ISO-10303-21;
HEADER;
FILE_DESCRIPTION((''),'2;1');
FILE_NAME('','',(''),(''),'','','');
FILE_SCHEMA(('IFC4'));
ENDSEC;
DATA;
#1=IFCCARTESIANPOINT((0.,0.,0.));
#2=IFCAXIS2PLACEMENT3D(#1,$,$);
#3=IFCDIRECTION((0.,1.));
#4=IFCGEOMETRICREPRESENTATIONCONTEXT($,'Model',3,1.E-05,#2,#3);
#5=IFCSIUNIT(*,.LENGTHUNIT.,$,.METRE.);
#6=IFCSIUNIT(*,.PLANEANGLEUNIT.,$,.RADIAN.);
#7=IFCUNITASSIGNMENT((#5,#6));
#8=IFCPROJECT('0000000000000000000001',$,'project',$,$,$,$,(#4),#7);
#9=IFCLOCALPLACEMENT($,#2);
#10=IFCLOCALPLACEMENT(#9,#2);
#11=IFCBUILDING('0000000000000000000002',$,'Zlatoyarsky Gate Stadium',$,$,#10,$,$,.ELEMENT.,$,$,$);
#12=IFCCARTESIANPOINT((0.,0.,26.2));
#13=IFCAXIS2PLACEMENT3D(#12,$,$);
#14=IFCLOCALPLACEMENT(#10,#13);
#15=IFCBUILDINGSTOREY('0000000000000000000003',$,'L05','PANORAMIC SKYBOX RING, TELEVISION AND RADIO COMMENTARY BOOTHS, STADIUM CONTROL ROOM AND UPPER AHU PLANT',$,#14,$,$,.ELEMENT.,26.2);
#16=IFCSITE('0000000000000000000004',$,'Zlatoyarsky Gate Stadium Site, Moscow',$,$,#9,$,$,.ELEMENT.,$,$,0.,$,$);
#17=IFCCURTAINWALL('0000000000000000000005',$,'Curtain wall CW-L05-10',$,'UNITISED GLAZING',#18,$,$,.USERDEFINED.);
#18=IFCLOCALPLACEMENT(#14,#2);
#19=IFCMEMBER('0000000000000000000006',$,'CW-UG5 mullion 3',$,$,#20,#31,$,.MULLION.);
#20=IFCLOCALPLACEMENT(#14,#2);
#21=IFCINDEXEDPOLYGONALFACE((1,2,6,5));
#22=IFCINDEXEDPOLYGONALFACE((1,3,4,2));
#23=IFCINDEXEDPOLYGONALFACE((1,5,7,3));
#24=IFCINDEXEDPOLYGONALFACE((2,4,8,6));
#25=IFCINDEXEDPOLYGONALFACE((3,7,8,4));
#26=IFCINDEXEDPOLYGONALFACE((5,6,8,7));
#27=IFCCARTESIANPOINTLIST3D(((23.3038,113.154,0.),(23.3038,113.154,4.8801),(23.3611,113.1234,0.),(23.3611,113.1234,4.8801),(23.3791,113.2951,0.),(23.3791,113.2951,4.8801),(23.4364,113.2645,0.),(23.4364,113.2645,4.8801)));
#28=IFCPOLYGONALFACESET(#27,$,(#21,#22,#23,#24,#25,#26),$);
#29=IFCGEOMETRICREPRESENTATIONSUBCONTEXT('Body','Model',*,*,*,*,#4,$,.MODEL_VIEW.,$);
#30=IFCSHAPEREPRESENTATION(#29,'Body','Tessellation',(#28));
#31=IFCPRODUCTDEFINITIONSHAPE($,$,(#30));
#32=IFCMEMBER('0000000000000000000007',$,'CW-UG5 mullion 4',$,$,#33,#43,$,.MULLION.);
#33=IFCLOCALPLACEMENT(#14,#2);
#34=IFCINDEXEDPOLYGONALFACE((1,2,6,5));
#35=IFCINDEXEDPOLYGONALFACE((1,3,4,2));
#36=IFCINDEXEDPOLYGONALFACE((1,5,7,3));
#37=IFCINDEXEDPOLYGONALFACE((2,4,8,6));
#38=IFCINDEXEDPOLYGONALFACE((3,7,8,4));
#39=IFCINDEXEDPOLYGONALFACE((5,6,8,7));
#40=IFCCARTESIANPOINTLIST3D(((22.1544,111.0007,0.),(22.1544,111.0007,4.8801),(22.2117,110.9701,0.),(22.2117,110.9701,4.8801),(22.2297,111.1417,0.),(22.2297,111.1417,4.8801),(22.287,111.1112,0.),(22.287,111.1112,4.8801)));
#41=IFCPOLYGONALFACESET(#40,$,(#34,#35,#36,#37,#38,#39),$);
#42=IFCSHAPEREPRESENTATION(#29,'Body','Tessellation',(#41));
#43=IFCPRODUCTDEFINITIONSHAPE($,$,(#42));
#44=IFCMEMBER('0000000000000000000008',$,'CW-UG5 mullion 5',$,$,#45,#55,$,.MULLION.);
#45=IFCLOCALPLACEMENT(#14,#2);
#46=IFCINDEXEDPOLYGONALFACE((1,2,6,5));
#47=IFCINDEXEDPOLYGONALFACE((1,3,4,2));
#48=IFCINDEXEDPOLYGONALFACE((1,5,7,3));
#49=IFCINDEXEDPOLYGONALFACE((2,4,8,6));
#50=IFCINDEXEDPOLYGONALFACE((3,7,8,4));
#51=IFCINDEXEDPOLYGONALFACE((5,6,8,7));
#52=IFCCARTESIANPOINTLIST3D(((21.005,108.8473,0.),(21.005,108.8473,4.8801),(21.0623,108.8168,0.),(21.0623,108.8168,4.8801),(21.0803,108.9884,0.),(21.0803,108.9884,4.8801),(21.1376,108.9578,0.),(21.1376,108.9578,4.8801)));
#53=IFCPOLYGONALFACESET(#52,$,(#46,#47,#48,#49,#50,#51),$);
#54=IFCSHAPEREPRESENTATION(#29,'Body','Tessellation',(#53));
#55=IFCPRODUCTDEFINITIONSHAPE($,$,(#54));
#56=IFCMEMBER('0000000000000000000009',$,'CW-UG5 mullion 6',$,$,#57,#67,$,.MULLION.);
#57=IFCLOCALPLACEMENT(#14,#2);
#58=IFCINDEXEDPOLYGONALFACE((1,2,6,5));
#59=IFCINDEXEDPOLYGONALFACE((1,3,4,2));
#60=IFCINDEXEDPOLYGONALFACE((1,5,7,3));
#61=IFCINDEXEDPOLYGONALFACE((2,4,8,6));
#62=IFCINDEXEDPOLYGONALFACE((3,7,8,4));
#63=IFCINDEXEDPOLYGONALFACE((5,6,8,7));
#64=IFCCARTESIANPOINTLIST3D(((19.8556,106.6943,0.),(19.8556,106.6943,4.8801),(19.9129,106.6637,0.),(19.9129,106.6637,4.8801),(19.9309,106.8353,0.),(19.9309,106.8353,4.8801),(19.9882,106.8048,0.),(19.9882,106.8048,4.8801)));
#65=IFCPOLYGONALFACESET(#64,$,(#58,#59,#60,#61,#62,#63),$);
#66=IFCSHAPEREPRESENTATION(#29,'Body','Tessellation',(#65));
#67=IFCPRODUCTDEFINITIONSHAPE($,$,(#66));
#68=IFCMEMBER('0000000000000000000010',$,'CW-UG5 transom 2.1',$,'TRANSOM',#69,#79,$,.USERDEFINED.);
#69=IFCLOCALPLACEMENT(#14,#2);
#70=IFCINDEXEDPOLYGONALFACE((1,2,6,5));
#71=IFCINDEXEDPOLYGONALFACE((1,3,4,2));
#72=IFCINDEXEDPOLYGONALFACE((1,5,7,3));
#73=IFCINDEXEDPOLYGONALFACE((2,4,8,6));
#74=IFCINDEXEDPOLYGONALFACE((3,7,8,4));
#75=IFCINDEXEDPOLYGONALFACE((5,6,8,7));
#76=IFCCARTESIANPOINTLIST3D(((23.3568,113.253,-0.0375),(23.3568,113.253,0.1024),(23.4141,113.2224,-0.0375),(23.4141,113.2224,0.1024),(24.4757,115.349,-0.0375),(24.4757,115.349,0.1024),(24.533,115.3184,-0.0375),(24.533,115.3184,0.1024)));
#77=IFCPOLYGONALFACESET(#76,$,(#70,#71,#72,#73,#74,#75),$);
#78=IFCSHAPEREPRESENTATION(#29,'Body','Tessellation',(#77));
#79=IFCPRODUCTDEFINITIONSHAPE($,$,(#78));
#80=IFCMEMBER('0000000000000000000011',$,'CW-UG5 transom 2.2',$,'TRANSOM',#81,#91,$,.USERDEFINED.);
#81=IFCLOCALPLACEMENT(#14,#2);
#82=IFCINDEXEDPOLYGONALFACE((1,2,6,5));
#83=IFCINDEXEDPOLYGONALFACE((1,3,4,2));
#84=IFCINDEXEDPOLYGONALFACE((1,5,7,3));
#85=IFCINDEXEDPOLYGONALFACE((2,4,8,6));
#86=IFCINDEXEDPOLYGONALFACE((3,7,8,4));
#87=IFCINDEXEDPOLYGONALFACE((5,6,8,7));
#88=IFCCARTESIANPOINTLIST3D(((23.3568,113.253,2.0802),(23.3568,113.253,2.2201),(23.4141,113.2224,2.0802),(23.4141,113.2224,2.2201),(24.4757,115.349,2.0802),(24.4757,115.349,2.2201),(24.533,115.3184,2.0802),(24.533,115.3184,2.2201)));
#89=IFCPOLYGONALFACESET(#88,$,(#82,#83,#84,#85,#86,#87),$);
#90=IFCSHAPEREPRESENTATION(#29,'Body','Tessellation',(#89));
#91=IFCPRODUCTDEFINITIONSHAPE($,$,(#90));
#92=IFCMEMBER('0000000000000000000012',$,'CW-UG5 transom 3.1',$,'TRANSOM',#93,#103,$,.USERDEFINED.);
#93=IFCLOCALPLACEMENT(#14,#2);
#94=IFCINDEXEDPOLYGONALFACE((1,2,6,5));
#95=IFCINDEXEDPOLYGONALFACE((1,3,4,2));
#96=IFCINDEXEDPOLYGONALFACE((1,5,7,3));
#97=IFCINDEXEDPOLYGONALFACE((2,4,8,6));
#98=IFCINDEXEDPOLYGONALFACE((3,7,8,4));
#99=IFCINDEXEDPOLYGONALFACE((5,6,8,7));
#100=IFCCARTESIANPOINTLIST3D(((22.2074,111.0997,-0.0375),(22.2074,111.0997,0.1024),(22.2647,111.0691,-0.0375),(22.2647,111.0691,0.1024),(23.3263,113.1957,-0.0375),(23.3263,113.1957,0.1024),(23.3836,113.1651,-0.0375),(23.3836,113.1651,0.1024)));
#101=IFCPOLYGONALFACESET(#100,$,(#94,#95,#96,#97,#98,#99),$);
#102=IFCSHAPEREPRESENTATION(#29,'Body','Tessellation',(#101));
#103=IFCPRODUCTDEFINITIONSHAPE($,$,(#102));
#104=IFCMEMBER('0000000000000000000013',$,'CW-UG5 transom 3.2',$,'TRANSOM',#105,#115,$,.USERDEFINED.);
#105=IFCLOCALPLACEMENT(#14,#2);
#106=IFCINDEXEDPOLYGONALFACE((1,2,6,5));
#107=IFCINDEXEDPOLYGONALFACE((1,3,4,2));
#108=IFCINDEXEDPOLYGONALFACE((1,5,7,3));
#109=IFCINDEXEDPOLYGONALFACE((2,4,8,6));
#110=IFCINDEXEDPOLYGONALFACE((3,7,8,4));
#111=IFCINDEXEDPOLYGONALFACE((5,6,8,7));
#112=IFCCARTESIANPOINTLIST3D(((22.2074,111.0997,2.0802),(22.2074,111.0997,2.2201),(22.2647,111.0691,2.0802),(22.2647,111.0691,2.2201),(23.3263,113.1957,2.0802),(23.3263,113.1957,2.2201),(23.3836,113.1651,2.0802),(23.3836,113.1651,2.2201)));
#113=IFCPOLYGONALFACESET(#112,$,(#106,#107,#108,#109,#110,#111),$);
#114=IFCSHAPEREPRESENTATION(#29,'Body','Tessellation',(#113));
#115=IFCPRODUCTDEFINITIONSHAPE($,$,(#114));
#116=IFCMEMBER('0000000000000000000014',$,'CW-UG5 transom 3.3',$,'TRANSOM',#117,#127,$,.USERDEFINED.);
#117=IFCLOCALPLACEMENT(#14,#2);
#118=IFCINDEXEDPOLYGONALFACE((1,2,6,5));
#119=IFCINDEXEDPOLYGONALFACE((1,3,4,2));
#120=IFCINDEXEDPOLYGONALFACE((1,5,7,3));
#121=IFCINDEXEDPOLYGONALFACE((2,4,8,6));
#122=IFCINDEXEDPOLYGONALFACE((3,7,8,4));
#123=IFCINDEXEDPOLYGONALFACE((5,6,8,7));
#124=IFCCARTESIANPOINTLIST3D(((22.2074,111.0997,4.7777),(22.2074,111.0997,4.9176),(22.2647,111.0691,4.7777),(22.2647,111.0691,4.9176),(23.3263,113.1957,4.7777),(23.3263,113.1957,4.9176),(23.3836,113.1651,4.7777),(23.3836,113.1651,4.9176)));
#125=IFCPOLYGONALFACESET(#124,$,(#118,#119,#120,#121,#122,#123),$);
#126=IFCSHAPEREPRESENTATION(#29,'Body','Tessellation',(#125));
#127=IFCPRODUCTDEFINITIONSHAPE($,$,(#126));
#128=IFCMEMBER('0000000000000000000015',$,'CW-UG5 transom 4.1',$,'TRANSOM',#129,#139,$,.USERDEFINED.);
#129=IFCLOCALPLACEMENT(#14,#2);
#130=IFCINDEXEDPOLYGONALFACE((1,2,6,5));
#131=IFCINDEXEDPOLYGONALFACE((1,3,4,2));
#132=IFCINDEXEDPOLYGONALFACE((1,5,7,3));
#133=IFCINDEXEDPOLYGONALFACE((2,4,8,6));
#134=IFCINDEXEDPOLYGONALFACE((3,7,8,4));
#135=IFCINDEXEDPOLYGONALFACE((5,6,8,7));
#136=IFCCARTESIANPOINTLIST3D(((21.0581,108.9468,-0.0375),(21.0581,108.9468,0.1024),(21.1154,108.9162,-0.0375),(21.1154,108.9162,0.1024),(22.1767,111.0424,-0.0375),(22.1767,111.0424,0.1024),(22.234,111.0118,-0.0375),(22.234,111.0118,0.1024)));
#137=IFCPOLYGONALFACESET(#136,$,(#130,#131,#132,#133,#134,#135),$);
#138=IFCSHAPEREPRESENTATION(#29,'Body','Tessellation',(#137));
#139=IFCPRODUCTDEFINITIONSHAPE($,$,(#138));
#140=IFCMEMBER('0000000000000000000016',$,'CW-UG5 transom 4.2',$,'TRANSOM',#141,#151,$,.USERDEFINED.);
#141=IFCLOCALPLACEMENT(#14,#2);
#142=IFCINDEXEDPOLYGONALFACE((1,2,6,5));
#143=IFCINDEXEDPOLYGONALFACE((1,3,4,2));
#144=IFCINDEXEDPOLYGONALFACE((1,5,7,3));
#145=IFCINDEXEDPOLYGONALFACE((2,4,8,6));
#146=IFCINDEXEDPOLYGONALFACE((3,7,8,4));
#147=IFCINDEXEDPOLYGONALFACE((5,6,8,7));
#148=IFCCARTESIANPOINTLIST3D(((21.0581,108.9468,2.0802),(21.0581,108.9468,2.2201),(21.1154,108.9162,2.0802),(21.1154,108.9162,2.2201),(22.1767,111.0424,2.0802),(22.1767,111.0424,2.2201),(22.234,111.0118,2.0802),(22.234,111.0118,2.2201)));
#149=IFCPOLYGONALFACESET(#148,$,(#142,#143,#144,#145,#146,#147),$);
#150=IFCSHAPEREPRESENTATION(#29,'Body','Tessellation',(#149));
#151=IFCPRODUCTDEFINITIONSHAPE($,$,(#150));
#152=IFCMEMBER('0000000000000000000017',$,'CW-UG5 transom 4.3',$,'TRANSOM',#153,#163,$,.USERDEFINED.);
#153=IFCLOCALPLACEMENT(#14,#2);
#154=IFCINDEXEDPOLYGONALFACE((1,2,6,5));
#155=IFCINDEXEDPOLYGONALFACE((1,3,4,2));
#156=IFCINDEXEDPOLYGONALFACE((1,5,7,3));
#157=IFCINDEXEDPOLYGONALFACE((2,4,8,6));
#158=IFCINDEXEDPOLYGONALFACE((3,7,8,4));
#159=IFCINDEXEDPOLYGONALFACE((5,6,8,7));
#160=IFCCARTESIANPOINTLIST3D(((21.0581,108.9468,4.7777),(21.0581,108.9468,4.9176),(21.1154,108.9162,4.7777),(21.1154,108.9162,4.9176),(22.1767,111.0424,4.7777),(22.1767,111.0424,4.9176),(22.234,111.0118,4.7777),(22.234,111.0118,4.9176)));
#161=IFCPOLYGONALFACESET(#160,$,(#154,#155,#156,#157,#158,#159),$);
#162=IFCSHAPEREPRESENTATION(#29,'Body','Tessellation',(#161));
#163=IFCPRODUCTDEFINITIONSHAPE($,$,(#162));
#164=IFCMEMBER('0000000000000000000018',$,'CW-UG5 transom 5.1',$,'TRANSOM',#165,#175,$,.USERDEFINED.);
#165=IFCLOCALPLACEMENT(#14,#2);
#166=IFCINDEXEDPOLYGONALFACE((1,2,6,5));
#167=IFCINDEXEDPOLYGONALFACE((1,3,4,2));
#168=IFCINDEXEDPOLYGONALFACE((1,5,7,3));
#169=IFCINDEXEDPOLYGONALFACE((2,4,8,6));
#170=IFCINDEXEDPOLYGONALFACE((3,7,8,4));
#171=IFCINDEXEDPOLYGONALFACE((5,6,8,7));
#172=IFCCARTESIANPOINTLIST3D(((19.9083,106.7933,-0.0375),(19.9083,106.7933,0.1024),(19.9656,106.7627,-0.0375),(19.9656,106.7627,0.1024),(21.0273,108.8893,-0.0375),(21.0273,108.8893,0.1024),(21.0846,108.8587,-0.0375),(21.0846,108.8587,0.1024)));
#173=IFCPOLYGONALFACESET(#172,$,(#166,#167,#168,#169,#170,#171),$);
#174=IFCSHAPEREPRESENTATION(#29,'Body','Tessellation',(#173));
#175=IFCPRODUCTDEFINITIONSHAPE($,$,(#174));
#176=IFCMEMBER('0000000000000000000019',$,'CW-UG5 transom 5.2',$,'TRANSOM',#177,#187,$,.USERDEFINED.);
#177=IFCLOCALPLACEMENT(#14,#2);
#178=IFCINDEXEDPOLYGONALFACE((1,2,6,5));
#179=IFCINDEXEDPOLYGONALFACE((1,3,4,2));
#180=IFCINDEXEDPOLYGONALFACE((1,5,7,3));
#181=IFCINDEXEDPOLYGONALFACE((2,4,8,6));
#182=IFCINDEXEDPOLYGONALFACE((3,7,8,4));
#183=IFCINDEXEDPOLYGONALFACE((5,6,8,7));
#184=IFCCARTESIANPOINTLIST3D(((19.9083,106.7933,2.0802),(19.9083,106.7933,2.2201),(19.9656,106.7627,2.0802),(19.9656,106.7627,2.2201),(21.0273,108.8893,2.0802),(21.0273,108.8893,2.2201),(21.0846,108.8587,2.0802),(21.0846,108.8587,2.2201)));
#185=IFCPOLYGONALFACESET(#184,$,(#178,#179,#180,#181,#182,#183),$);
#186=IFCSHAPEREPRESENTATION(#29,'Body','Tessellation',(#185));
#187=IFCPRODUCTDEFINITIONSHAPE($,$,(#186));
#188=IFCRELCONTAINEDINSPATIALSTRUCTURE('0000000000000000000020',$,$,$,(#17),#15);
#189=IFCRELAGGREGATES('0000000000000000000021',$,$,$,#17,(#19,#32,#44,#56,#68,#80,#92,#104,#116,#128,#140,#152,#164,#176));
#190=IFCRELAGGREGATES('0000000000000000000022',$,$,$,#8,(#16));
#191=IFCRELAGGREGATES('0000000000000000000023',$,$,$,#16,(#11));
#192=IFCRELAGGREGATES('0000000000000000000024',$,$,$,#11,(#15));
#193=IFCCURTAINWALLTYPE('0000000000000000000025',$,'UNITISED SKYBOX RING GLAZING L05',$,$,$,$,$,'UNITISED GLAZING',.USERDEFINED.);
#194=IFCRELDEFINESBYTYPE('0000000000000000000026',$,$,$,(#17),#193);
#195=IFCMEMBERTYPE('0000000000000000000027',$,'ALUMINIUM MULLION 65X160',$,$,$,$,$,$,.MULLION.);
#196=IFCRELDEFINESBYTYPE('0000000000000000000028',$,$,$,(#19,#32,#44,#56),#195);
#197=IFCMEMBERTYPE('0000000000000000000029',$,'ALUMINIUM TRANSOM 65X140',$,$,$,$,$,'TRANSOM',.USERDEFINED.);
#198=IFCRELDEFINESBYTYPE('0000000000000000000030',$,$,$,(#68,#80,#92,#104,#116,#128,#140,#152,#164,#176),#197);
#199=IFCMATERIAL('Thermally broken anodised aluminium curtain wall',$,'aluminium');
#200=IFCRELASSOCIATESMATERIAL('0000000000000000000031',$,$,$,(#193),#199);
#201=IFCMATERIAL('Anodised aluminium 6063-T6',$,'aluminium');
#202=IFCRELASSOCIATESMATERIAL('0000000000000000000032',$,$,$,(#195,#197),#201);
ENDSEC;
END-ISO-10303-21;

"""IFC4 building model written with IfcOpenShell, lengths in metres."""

from ifc_helpers import new_model, si_unit, direction, frame, origin, origin_2d, place, context, subcontext, project, spatial, rectangle, extrude, material, material_profile, profile_set, type_object, element, aggregate, save


model = new_model("IFC4")

# Units and contexts
model_context = context("Model", 3, precision=1e-05, world=origin(), true_north=direction((0.0, 1.0)))
body_context = subcontext(model_context, "Body", "Model", "MODEL_VIEW")
ifc_project = project(units=[si_unit("LENGTHUNIT", "METRE"), si_unit("PLANEANGLEUNIT", "RADIAN")], contexts=[model_context])

# Site, building, storey
site_placement = place(None, origin())
site = spatial("IfcSite", under=ifc_project, at=site_placement, Name="Zlatoyarsky Gate Stadium Site, Moscow", CompositionType="ELEMENT", RefElevation=0.0)
building_placement = place(site_placement, origin())
building = spatial("IfcBuilding", under=site, at=building_placement, Name="Zlatoyarsky Gate Stadium", CompositionType="ELEMENT")
storey_placement = place(building_placement, frame((0.0, 0.0, 26.2)))
storey = spatial("IfcBuildingStorey", under=building, at=storey_placement, Name="L05", Description="PANORAMIC SKYBOX RING, TELEVISION AND RADIO COMMENTARY BOOTHS, STADIUM CONTROL ROOM AND UPPER AHU PLANT", CompositionType="ELEMENT", Elevation=26.2)

# Curtain wall, members
ifc_material_1 = material(Name="Thermally broken anodised aluminium curtain wall", Category="aluminium")
curtain_wall_type = type_object("IfcCurtainWallType", Name="UNITISED SKYBOX RING GLAZING L05", ElementType="UNITISED GLAZING", PredefinedType="USERDEFINED", material=ifc_material_1)
curtain_wall_placement = place(storey_placement, origin())
curtain_wall = element("IfcCurtainWall", 1, at=curtain_wall_placement, inside=storey, type_object=curtain_wall_type, Name="Curtain wall CW-L05-10", ObjectType="UNITISED GLAZING", PredefinedType="USERDEFINED")
ifc_material_2 = material(Name="Anodised aluminium 6063-T6", Category="aluminium")
ifc_material_profile_1 = material_profile(ifc_material_2, rectangle(XDim=0.0649, YDim=0.1599, at=origin_2d()), Name="ALU 65X160")
ifc_profile_set_1 = profile_set([ifc_material_profile_1], Name="Anodised aluminium 6063-T6")
member_type_1 = type_object("IfcMemberType", Name="ALUMINIUM MULLION 65X160", PredefinedType="MULLION", material=ifc_profile_set_1)
member_1_placement = place(storey_placement, frame((23.3701, 113.2092, 0.0), z_axis=(0.0, 0.0, 1.0), x_axis=(0.882167, -0.470937, 0.0)))
member_1 = element("IfcMember", 2, at=member_1_placement, type_object=member_type_1, Name="CW-UG5 mullion 3", PredefinedType="MULLION", context=body_context, shape_type="SweptSolid", body=[
    extrude(rectangle(XDim=0.0649, YDim=0.1599, at=origin_2d()), origin(), (0.0, 0.0, 1.0), 4.8801),
])
member_2_placement = place(storey_placement, frame((22.2207, 111.0559, 0.0), z_axis=(0.0, 0.0, 1.0), x_axis=(0.882167, -0.470937, 0.0)))
member_2 = element("IfcMember", 3, at=member_2_placement, type_object=member_type_1, Name="CW-UG5 mullion 4", PredefinedType="MULLION", context=body_context, shape_type="SweptSolid", body=[
    extrude(rectangle(XDim=0.0649, YDim=0.1599, at=origin_2d()), origin(), (0.0, 0.0, 1.0), 4.8801),
])
member_3_placement = place(storey_placement, frame((21.0713, 108.9026, 0.0), z_axis=(0.0, 0.0, 1.0), x_axis=(0.882167, -0.470937, 0.0)))
member_3 = element("IfcMember", 4, at=member_3_placement, type_object=member_type_1, Name="CW-UG5 mullion 5", PredefinedType="MULLION", context=body_context, shape_type="SweptSolid", body=[
    extrude(rectangle(XDim=0.0649, YDim=0.1599, at=origin_2d()), origin(), (0.0, 0.0, 1.0), 4.8801),
])
member_4_placement = place(storey_placement, frame((19.9219, 106.7495, 0.0), z_axis=(0.0, 0.0, 1.0), x_axis=(0.882167, -0.470937, 0.0)))
member_4 = element("IfcMember", 5, at=member_4_placement, type_object=member_type_1, Name="CW-UG5 mullion 6", PredefinedType="MULLION", context=body_context, shape_type="SweptSolid", body=[
    extrude(rectangle(XDim=0.0649, YDim=0.1599, at=origin_2d()), origin(), (0.0, 0.0, 1.0), 4.8801),
])
ifc_material_profile_2 = material_profile(ifc_material_2, rectangle(XDim=0.0649, YDim=0.1399, at=origin_2d()), Name="ALU 65X140")
ifc_profile_set_2 = profile_set([ifc_material_profile_2], Name="Anodised aluminium 6063-T6")
member_type_2 = type_object("IfcMemberType", Name="ALUMINIUM TRANSOM 65X140", ElementType="TRANSOM", PredefinedType="USERDEFINED", material=ifc_profile_set_2)
member_5_placement = place(storey_placement, frame((24.5044, 115.3337, 0.0325), z_axis=(-0.470935, -0.882168, 0.0), x_axis=(0.882168, -0.470935, 0.0)))
member_5 = element("IfcMember", 6, at=member_5_placement, type_object=member_type_2, Name="CW-UG5 transom 2.1", ObjectType="TRANSOM", PredefinedType="USERDEFINED", context=body_context, shape_type="SweptSolid", body=[
    extrude(rectangle(XDim=0.0649, YDim=0.1399, at=origin_2d()), origin(), (0.0, 0.0, 1.0), 2.376),
])
member_6_placement = place(storey_placement, frame((24.5044, 115.3337, 2.1501), z_axis=(-0.470935, -0.882168, 0.0), x_axis=(0.882168, -0.470935, 0.0)))
member_6 = element("IfcMember", 7, at=member_6_placement, type_object=member_type_2, Name="CW-UG5 transom 2.2", ObjectType="TRANSOM", PredefinedType="USERDEFINED", context=body_context, shape_type="SweptSolid", body=[
    extrude(rectangle(XDim=0.0649, YDim=0.1399, at=origin_2d()), origin(), (0.0, 0.0, 1.0), 2.376),
])
member_7_placement = place(storey_placement, frame((23.355, 113.1804, 0.0325), z_axis=(-0.470935, -0.882168, 0.0), x_axis=(0.882168, -0.470935, 0.0)))
member_7 = element("IfcMember", 8, at=member_7_placement, type_object=member_type_2, Name="CW-UG5 transom 3.1", ObjectType="TRANSOM", PredefinedType="USERDEFINED", context=body_context, shape_type="SweptSolid", body=[
    extrude(rectangle(XDim=0.0649, YDim=0.1399, at=origin_2d()), origin(), (0.0, 0.0, 1.0), 2.376),
])
member_8_placement = place(storey_placement, frame((23.355, 113.1804, 2.1501), z_axis=(-0.470935, -0.882168, 0.0), x_axis=(0.882168, -0.470935, 0.0)))
member_8 = element("IfcMember", 9, at=member_8_placement, type_object=member_type_2, Name="CW-UG5 transom 3.2", ObjectType="TRANSOM", PredefinedType="USERDEFINED", context=body_context, shape_type="SweptSolid", body=[
    extrude(rectangle(XDim=0.0649, YDim=0.1399, at=origin_2d()), origin(), (0.0, 0.0, 1.0), 2.376),
])
member_9_placement = place(storey_placement, frame((23.355, 113.1804, 4.8477), z_axis=(-0.470935, -0.882168, 0.0), x_axis=(0.882168, -0.470935, 0.0)))
member_9 = element("IfcMember", 10, at=member_9_placement, type_object=member_type_2, Name="CW-UG5 transom 3.3", ObjectType="TRANSOM", PredefinedType="USERDEFINED", context=body_context, shape_type="SweptSolid", body=[
    extrude(rectangle(XDim=0.0649, YDim=0.1399, at=origin_2d()), origin(), (0.0, 0.0, 1.0), 2.376),
])
member_10_placement = place(storey_placement, frame((22.2053, 111.0271, 0.0325), z_axis=(-0.470898, -0.882188, 0.0), x_axis=(0.882188, -0.470898, 0.0)))
member_10 = element("IfcMember", 11, at=member_10_placement, type_object=member_type_2, Name="CW-UG5 transom 4.1", ObjectType="TRANSOM", PredefinedType="USERDEFINED", context=body_context, shape_type="SweptSolid", body=[
    extrude(rectangle(XDim=0.0649, YDim=0.1399, at=origin_2d()), origin(), (0.0, 0.0, 1.0), 2.3755),
])
member_11_placement = place(storey_placement, frame((22.2053, 111.0271, 2.1501), z_axis=(-0.470898, -0.882188, 0.0), x_axis=(0.882188, -0.470898, 0.0)))
member_11 = element("IfcMember", 12, at=member_11_placement, type_object=member_type_2, Name="CW-UG5 transom 4.2", ObjectType="TRANSOM", PredefinedType="USERDEFINED", context=body_context, shape_type="SweptSolid", body=[
    extrude(rectangle(XDim=0.0649, YDim=0.1399, at=origin_2d()), origin(), (0.0, 0.0, 1.0), 2.3755),
])
member_12_placement = place(storey_placement, frame((22.2053, 111.0271, 4.8477), z_axis=(-0.470898, -0.882188, 0.0), x_axis=(0.882188, -0.470898, 0.0)))
member_12 = element("IfcMember", 13, at=member_12_placement, type_object=member_type_2, Name="CW-UG5 transom 4.3", ObjectType="TRANSOM", PredefinedType="USERDEFINED", context=body_context, shape_type="SweptSolid", body=[
    extrude(rectangle(XDim=0.0649, YDim=0.1399, at=origin_2d()), origin(), (0.0, 0.0, 1.0), 2.3755),
])
member_13_placement = place(storey_placement, frame((21.0559, 108.874, 0.0325), z_axis=(-0.470935, -0.882168, 0.0), x_axis=(0.882168, -0.470935, 0.0)))
member_13 = element("IfcMember", 14, at=member_13_placement, type_object=member_type_2, Name="CW-UG5 transom 5.1", ObjectType="TRANSOM", PredefinedType="USERDEFINED", context=body_context, shape_type="SweptSolid", body=[
    extrude(rectangle(XDim=0.0649, YDim=0.1399, at=origin_2d()), origin(), (0.0, 0.0, 1.0), 2.376),
])
member_14_placement = place(storey_placement, frame((21.0559, 108.874, 2.1501), z_axis=(-0.470935, -0.882168, 0.0), x_axis=(0.882168, -0.470935, 0.0)))
member_14 = element("IfcMember", 15, at=member_14_placement, type_object=member_type_2, Name="CW-UG5 transom 5.2", ObjectType="TRANSOM", PredefinedType="USERDEFINED", context=body_context, shape_type="SweptSolid", body=[
    extrude(rectangle(XDim=0.0649, YDim=0.1399, at=origin_2d()), origin(), (0.0, 0.0, 1.0), 2.376),
])

aggregate(curtain_wall, [member_1, member_2, member_3, member_4, member_5, member_6, member_7, member_8, member_9, member_10, member_11, member_12, member_13, member_14])

save(model, "model.ifc")
